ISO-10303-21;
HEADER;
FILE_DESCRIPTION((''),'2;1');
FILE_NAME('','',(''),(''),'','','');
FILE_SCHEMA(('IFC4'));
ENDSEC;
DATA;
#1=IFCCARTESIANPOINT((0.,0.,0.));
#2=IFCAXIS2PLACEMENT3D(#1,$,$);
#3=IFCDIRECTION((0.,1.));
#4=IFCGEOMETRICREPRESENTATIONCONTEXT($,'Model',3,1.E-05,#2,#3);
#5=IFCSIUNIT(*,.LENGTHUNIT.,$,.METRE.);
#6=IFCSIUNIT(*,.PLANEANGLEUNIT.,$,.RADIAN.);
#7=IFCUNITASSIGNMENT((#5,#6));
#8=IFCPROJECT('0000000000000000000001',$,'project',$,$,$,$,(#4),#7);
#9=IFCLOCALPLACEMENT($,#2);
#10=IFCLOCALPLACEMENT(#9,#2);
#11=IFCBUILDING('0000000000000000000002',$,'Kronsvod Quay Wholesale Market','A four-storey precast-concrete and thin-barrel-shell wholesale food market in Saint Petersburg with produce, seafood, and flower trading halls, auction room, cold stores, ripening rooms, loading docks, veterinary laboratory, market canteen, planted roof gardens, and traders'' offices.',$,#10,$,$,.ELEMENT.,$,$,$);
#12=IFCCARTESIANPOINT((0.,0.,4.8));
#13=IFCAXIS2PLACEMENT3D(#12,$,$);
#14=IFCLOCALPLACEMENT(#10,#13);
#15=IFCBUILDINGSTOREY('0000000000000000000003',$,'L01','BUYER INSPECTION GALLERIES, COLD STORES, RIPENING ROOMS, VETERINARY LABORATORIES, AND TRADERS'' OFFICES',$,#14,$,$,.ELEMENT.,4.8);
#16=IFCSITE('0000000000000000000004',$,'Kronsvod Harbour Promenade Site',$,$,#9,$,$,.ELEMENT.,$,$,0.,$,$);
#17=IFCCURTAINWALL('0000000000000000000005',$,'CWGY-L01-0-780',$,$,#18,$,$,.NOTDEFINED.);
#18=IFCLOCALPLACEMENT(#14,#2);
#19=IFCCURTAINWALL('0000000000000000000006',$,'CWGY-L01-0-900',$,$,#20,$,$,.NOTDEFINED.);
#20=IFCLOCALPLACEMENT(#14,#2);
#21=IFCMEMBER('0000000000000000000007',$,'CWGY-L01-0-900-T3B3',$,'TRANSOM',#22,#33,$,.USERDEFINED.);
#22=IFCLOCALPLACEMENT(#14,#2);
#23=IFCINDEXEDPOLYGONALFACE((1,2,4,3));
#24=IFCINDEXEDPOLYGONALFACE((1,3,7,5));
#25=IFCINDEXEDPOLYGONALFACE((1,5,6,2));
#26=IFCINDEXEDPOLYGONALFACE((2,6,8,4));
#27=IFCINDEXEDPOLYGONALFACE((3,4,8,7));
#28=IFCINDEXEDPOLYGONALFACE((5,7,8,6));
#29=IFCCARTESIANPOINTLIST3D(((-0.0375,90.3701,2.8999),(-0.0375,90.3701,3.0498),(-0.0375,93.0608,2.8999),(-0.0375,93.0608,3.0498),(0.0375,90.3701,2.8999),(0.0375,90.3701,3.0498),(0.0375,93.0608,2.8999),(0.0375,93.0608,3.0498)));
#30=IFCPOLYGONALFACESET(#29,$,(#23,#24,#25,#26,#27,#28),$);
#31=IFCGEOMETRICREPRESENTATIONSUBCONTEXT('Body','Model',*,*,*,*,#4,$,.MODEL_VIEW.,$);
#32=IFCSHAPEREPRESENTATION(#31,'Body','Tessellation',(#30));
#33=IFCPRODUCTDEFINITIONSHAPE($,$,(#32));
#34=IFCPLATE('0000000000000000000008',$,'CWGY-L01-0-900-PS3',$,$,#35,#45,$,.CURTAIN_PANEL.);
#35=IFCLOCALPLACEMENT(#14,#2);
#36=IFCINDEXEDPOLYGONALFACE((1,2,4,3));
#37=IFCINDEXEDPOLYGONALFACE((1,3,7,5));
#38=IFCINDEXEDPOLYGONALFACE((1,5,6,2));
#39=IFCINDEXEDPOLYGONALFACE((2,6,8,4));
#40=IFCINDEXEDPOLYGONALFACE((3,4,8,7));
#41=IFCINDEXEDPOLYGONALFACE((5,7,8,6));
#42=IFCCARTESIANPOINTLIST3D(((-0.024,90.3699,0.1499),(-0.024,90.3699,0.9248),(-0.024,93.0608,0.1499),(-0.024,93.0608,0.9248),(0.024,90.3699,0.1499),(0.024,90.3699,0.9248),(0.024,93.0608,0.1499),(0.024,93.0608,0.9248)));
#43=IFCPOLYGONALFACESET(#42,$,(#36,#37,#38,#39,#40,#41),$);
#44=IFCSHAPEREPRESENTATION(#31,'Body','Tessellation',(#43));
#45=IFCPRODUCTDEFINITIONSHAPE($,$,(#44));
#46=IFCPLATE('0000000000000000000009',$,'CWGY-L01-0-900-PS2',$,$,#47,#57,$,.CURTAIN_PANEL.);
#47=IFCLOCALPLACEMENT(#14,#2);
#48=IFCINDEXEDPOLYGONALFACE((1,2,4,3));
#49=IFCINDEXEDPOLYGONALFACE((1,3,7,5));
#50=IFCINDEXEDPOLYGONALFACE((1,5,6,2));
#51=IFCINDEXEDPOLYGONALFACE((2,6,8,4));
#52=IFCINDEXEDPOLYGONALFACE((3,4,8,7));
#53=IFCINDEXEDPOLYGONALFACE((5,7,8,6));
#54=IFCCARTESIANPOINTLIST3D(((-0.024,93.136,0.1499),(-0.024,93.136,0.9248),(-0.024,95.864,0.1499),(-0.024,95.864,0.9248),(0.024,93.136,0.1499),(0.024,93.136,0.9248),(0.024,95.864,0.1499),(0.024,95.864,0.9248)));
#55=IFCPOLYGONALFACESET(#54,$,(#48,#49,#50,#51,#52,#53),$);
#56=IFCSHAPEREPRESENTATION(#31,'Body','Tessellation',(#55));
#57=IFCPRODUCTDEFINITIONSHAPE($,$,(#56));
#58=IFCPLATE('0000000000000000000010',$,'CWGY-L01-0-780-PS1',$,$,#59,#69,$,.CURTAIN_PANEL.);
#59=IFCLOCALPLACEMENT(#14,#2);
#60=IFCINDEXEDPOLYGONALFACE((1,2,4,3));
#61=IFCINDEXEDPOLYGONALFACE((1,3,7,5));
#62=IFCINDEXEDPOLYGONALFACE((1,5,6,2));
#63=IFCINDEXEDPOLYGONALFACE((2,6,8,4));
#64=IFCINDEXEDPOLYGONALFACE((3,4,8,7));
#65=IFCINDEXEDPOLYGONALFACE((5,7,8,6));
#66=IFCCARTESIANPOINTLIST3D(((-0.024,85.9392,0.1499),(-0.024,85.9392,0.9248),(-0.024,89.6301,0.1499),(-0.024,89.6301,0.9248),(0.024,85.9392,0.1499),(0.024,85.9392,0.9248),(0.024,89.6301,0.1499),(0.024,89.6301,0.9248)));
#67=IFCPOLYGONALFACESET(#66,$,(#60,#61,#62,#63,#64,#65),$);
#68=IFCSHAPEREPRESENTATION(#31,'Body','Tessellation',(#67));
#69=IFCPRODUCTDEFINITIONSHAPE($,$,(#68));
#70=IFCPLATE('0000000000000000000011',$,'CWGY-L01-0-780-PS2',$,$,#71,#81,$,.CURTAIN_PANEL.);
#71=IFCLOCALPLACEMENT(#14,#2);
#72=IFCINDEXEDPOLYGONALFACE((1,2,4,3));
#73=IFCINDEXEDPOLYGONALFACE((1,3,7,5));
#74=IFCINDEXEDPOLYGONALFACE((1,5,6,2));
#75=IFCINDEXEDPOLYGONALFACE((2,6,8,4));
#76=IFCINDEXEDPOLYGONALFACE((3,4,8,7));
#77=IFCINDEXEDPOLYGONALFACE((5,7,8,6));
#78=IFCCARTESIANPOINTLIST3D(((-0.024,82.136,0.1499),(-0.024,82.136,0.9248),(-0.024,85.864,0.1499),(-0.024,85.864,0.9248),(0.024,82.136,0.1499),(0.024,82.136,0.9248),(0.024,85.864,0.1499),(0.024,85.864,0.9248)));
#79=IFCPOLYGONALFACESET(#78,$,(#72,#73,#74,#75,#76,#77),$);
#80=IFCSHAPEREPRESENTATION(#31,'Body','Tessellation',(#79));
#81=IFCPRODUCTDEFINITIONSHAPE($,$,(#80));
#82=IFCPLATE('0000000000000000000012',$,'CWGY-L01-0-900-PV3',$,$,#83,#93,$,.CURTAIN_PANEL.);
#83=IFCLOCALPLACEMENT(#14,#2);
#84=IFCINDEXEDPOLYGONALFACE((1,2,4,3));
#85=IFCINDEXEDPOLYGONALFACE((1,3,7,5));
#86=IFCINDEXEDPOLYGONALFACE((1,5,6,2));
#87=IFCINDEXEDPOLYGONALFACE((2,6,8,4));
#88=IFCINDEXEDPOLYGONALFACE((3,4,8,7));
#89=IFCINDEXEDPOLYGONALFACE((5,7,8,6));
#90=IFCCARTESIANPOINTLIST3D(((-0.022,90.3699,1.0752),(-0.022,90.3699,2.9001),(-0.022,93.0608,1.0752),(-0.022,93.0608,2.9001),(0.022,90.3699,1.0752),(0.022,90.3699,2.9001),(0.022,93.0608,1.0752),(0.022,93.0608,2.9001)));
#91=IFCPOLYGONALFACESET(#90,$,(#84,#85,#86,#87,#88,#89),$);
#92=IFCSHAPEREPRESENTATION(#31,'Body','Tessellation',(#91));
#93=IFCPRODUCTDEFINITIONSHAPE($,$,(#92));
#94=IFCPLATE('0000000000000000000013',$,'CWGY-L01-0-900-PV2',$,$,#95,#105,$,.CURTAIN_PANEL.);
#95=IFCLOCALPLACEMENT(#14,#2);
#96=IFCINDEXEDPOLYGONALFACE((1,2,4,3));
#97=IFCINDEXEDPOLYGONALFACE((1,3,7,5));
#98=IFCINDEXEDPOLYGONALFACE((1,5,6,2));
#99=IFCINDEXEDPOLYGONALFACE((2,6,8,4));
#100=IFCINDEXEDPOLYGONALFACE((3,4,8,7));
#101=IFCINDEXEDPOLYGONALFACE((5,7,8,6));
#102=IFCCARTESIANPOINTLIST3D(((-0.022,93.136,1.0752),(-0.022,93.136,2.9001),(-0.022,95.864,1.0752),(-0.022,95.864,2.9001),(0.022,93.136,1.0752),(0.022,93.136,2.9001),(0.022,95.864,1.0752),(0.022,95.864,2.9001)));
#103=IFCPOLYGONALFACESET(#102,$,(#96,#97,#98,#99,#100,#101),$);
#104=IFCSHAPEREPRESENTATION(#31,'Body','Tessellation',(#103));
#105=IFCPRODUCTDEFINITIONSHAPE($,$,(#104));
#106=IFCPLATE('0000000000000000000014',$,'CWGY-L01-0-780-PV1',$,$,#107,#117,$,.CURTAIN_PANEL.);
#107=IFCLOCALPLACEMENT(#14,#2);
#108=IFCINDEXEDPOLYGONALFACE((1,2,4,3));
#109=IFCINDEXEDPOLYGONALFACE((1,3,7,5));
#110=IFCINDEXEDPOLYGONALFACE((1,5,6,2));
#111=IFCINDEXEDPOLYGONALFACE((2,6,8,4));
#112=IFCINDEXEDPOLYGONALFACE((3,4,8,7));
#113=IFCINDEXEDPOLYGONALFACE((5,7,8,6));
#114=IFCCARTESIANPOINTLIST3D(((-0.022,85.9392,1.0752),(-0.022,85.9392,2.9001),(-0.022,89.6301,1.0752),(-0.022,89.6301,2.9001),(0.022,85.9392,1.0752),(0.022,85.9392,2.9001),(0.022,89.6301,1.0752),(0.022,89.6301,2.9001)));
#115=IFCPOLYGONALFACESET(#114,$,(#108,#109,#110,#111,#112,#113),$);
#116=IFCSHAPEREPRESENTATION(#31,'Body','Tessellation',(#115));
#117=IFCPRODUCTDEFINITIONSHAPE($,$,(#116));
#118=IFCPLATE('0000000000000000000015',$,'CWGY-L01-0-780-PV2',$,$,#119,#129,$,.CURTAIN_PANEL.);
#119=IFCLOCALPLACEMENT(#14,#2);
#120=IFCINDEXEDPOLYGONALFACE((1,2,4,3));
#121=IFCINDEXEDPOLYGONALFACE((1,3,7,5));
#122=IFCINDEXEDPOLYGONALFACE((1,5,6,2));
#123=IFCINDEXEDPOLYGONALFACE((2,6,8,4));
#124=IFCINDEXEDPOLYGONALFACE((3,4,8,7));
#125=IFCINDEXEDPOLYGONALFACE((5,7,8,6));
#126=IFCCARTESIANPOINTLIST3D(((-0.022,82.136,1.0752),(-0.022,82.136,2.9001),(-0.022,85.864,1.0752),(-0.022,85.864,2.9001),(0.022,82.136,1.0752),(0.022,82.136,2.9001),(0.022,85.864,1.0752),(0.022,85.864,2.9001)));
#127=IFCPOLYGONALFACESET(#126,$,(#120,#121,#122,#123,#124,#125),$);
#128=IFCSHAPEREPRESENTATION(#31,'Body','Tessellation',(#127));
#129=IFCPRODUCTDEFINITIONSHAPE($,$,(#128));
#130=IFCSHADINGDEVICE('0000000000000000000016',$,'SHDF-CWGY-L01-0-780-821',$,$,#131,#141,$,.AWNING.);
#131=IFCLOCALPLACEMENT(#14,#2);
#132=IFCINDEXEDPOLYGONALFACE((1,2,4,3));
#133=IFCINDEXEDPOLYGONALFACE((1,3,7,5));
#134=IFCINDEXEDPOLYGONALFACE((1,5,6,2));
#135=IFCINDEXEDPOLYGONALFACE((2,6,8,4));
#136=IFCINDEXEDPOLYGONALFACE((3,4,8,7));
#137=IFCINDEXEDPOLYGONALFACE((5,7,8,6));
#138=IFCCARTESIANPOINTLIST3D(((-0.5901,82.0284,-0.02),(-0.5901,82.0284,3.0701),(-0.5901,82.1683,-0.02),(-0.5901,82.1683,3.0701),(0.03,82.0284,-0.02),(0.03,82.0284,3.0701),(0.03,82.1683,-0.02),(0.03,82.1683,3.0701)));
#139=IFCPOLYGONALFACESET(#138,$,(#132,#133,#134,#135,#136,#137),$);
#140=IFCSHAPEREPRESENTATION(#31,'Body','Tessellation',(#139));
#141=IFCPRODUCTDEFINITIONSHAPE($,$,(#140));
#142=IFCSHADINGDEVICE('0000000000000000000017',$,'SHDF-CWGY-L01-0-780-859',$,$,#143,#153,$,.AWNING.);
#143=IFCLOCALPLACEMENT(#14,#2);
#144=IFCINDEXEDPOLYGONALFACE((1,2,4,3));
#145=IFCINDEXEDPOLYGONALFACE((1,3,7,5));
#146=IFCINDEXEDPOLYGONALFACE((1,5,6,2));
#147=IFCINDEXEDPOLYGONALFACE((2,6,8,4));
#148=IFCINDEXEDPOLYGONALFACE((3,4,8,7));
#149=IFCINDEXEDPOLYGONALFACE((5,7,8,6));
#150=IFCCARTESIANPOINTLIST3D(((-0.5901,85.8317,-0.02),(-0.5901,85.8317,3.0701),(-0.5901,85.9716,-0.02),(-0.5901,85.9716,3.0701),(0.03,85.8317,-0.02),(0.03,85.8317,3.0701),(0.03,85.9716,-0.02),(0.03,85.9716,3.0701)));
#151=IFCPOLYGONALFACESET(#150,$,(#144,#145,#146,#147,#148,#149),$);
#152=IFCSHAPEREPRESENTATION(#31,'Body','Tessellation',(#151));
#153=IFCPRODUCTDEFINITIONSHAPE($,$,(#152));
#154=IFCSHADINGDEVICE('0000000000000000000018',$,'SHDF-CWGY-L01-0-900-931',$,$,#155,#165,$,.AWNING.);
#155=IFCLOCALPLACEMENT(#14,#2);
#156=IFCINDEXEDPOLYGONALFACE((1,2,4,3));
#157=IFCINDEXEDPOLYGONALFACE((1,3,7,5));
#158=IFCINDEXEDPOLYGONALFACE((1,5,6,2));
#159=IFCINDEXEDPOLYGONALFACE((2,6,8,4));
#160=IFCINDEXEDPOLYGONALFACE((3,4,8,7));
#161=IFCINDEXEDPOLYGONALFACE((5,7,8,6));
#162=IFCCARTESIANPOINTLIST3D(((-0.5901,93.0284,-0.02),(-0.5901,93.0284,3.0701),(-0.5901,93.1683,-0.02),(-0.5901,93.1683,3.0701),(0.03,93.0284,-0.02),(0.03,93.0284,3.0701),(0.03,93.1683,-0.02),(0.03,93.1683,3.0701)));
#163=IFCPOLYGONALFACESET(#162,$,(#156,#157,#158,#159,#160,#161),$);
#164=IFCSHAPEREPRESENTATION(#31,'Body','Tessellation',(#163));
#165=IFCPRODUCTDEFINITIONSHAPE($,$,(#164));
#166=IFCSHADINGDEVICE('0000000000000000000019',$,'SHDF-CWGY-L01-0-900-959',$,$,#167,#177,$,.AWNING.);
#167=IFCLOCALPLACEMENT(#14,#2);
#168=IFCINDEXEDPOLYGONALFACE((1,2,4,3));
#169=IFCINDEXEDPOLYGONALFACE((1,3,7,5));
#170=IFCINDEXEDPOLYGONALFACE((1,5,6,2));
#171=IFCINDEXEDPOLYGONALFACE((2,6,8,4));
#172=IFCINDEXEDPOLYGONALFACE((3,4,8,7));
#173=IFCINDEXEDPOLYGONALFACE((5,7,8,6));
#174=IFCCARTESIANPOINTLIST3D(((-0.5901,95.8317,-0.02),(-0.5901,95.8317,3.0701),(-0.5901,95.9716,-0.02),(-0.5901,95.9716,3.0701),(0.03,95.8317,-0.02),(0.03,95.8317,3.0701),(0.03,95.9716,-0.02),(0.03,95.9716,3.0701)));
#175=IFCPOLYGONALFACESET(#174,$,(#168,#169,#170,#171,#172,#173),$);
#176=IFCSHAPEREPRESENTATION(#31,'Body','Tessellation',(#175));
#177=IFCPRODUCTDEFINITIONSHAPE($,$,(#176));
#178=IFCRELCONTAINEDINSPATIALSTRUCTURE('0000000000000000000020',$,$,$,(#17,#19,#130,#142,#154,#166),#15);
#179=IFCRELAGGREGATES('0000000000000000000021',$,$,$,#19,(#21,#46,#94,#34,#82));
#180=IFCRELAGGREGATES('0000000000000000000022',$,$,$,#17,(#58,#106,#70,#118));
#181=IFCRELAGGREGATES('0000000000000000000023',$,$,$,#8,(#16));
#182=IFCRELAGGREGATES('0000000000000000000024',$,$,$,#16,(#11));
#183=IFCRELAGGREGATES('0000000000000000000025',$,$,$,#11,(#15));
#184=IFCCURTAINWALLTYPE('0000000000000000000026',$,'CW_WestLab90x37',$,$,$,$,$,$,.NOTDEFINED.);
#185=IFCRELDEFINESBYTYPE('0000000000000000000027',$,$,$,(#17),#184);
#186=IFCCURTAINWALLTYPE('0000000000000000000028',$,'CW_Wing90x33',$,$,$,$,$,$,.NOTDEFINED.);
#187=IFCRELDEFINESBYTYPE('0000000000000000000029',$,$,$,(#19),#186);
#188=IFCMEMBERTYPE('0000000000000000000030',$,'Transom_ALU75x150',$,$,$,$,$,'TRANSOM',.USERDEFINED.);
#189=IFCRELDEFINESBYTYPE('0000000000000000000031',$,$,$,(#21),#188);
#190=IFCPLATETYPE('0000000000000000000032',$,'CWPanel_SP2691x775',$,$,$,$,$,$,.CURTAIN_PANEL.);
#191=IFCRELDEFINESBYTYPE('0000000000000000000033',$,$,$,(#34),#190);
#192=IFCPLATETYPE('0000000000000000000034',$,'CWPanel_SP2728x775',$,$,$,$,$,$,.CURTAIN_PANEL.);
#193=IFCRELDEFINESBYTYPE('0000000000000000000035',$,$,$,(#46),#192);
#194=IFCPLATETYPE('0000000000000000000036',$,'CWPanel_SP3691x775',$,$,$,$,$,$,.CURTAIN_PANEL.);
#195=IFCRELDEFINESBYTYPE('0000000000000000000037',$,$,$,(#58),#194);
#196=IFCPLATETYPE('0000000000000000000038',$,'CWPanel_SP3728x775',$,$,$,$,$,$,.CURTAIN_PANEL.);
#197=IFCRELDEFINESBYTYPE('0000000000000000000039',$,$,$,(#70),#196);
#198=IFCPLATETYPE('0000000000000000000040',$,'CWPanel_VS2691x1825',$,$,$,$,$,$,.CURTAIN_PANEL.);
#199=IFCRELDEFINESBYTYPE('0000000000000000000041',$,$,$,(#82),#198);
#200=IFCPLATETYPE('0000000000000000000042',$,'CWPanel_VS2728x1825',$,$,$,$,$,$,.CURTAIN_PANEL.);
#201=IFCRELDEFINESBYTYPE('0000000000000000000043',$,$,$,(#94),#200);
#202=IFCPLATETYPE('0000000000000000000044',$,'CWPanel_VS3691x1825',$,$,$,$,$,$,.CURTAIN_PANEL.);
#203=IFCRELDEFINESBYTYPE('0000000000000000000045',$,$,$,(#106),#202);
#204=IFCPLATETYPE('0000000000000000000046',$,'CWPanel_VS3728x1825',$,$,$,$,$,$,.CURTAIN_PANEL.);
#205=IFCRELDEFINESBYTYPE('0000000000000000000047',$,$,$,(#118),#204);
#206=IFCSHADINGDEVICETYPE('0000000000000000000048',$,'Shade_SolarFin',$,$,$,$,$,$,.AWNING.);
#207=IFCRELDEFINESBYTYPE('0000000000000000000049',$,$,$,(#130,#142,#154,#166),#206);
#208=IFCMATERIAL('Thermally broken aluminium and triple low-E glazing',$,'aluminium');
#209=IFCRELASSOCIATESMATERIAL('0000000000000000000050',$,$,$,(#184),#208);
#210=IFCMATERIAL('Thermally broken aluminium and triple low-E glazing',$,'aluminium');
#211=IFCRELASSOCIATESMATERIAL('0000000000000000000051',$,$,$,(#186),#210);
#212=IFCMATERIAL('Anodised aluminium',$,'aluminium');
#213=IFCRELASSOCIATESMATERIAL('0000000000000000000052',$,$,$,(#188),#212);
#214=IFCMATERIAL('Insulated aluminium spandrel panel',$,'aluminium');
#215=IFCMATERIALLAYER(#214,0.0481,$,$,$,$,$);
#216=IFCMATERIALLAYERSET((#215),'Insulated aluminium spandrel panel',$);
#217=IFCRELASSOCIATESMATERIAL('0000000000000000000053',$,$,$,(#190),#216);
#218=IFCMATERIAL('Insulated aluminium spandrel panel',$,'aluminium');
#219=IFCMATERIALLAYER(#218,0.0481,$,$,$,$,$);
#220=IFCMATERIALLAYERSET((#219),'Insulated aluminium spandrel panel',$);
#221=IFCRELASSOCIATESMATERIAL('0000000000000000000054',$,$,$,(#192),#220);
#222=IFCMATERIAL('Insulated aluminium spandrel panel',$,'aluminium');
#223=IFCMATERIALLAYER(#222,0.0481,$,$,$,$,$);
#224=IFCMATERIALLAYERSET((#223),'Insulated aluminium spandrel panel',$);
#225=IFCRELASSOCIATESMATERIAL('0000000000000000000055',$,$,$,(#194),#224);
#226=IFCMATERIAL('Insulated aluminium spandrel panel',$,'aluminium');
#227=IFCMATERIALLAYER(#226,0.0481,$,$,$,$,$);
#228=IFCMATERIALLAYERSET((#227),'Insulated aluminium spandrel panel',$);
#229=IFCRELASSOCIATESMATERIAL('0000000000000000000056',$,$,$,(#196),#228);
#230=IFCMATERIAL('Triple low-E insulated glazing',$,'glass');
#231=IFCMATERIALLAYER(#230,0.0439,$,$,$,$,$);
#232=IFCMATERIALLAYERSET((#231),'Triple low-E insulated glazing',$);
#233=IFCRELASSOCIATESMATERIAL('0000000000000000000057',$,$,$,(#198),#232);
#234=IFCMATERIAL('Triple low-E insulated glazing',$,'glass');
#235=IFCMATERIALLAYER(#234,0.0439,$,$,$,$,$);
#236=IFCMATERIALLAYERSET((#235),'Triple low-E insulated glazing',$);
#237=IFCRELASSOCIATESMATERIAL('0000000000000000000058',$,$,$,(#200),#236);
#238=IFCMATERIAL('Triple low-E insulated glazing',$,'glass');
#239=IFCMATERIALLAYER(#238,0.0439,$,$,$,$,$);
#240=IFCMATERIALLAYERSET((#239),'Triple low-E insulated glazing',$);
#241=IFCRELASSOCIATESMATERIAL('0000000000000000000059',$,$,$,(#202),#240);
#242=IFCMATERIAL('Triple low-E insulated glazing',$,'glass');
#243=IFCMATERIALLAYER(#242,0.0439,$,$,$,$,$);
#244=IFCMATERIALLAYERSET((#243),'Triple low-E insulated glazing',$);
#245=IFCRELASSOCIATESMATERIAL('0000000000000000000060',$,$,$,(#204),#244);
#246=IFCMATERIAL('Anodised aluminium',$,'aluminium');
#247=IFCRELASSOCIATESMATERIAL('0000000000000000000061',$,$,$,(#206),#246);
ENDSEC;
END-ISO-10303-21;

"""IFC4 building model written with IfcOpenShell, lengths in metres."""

from ifc_helpers import new_model, si_unit, direction, frame, origin, origin_2d, place, context, subcontext, project, spatial, rectangle, extrude, material, layer, layer_set, material_profile, profile_set, type_object, element, aggregate, save


model = new_model("IFC4")

# Units and contexts
model_context = context("Model", 3, precision=1e-05, world=origin(), true_north=direction((0.0, 1.0)))
body_context = subcontext(model_context, "Body", "Model", "MODEL_VIEW")
ifc_project = project(units=[si_unit("LENGTHUNIT", "METRE"), si_unit("PLANEANGLEUNIT", "RADIAN")], contexts=[model_context])

# Site, building, storey
site_placement = place(None, origin())
site = spatial("IfcSite", under=ifc_project, at=site_placement, Name="Kronsvod Harbour Promenade Site", CompositionType="ELEMENT", RefElevation=0.0)
building_placement = place(site_placement, origin())
building = spatial("IfcBuilding", under=site, at=building_placement, Name="Kronsvod Quay Wholesale Market", Description="A four-storey precast-concrete and thin-barrel-shell wholesale food market in Saint Petersburg with produce, seafood, and flower trading halls, auction room, cold stores, ripening rooms, loading docks, veterinary laboratory, market canteen, planted roof gardens, and traders' offices.", CompositionType="ELEMENT")
storey_placement = place(building_placement, frame((0.0, 0.0, 4.8)))
storey = spatial("IfcBuildingStorey", under=building, at=storey_placement, Name="L01", Description="BUYER INSPECTION GALLERIES, COLD STORES, RIPENING ROOMS, VETERINARY LABORATORIES, AND TRADERS' OFFICES", CompositionType="ELEMENT", Elevation=4.8)

# Curtain walls
ifc_material_1 = material(Name="Thermally broken aluminium and triple low-E glazing", Category="aluminium")
curtain_wall_type_1 = type_object("IfcCurtainWallType", Name="CW_WestLab90x37", PredefinedType="NOTDEFINED", material=ifc_material_1)
curtain_wall_1_placement = place(storey_placement, origin())
curtain_wall_1 = element("IfcCurtainWall", 1, at=curtain_wall_1_placement, inside=storey, type_object=curtain_wall_type_1, Name="CWGY-L01-0-780", PredefinedType="NOTDEFINED")
ifc_material_2 = material(Name="Thermally broken aluminium and triple low-E glazing", Category="aluminium")
curtain_wall_type_2 = type_object("IfcCurtainWallType", Name="CW_Wing90x33", PredefinedType="NOTDEFINED", material=ifc_material_2)
curtain_wall_2_placement = place(storey_placement, origin())
curtain_wall_2 = element("IfcCurtainWall", 2, at=curtain_wall_2_placement, inside=storey, type_object=curtain_wall_type_2, Name="CWGY-L01-0-900", PredefinedType="NOTDEFINED")

# Member
ifc_material_3 = material(Name="Anodised aluminium", Category="aluminium")
ifc_material_profile_1 = material_profile(ifc_material_3, rectangle(XDim=0.075, YDim=0.1499, at=origin_2d()), Name="ALUT75x150")
ifc_profile_set_1 = profile_set([ifc_material_profile_1], Name="Anodised aluminium")
member_type_1 = type_object("IfcMemberType", Name="Transom_ALU75x150", ElementType="TRANSOM", PredefinedType="USERDEFINED", material=ifc_profile_set_1)
member_1_placement = place(storey_placement, frame((0.0, 93.0608, 2.9749), z_axis=(0.0, -1.0, 0.0), x_axis=(1.0, 0.0, 0.0)))
member_1 = element("IfcMember", 3, at=member_1_placement, type_object=member_type_1, Name="CWGY-L01-0-900-T3B3", ObjectType="TRANSOM", PredefinedType="USERDEFINED", context=body_context, shape_type="SweptSolid", body=[
    extrude(rectangle(XDim=0.075, YDim=0.1499, at=origin_2d()), origin(), (0.0, 0.0, 1.0), 2.6907),
])

# Plates
ifc_material_4 = material(Name="Insulated aluminium spandrel panel", Category="aluminium")
ifc_layer_1 = layer(ifc_material_4, 0.0481)
ifc_layer_set_1 = layer_set([ifc_layer_1], Name="Insulated aluminium spandrel panel")
plate_type_1 = type_object("IfcPlateType", Name="CWPanel_SP2691x775", PredefinedType="CURTAIN_PANEL", material=ifc_layer_set_1)
plate_1_placement = place(storey_placement, frame((0.0, 91.7153, 0.1499), z_axis=(0.0, 0.0, 1.0), x_axis=(0.0, -1.0, 0.0)))
plate_1 = element("IfcPlate", 4, at=plate_1_placement, type_object=plate_type_1, Name="CWGY-L01-0-900-PS3", PredefinedType="CURTAIN_PANEL", context=body_context, shape_type="SweptSolid", body=[
    extrude(rectangle(XDim=2.6909, YDim=0.0481, at=origin_2d()), origin(), (0.0, 0.0, 1.0), 0.7749),
])
ifc_material_5 = material(Name="Insulated aluminium spandrel panel", Category="aluminium")
ifc_layer_2 = layer(ifc_material_5, 0.0481)
ifc_layer_set_2 = layer_set([ifc_layer_2], Name="Insulated aluminium spandrel panel")
plate_type_2 = type_object("IfcPlateType", Name="CWPanel_SP2728x775", PredefinedType="CURTAIN_PANEL", material=ifc_layer_set_2)
plate_2_placement = place(storey_placement, frame((0.0, 94.5, 0.1499), z_axis=(0.0, 0.0, 1.0), x_axis=(0.0, -1.0, 0.0)))
plate_2 = element("IfcPlate", 5, at=plate_2_placement, type_object=plate_type_2, Name="CWGY-L01-0-900-PS2", PredefinedType="CURTAIN_PANEL", context=body_context, shape_type="SweptSolid", body=[
    extrude(rectangle(XDim=2.728, YDim=0.0481, at=origin_2d()), origin(), (0.0, 0.0, 1.0), 0.7749),
])
ifc_material_6 = material(Name="Insulated aluminium spandrel panel", Category="aluminium")
ifc_layer_3 = layer(ifc_material_6, 0.0481)
ifc_layer_set_3 = layer_set([ifc_layer_3], Name="Insulated aluminium spandrel panel")
plate_type_3 = type_object("IfcPlateType", Name="CWPanel_SP3691x775", PredefinedType="CURTAIN_PANEL", material=ifc_layer_set_3)
plate_3_placement = place(storey_placement, frame((0.0, 87.7847, 0.1499), z_axis=(0.0, 0.0, 1.0), x_axis=(0.0, -1.0, 0.0)))
plate_3 = element("IfcPlate", 6, at=plate_3_placement, type_object=plate_type_3, Name="CWGY-L01-0-780-PS1", PredefinedType="CURTAIN_PANEL", context=body_context, shape_type="SweptSolid", body=[
    extrude(rectangle(XDim=3.6909, YDim=0.0481, at=origin_2d()), origin(), (0.0, 0.0, 1.0), 0.7749),
])
ifc_material_7 = material(Name="Insulated aluminium spandrel panel", Category="aluminium")
ifc_layer_4 = layer(ifc_material_7, 0.0481)
ifc_layer_set_4 = layer_set([ifc_layer_4], Name="Insulated aluminium spandrel panel")
plate_type_4 = type_object("IfcPlateType", Name="CWPanel_SP3728x775", PredefinedType="CURTAIN_PANEL", material=ifc_layer_set_4)
plate_4_placement = place(storey_placement, frame((0.0, 84.0, 0.1499), z_axis=(0.0, 0.0, 1.0), x_axis=(0.0, -1.0, 0.0)))
plate_4 = element("IfcPlate", 7, at=plate_4_placement, type_object=plate_type_4, Name="CWGY-L01-0-780-PS2", PredefinedType="CURTAIN_PANEL", context=body_context, shape_type="SweptSolid", body=[
    extrude(rectangle(XDim=3.728, YDim=0.0481, at=origin_2d()), origin(), (0.0, 0.0, 1.0), 0.7749),
])
ifc_material_8 = material(Name="Triple low-E insulated glazing", Category="glass")
ifc_layer_5 = layer(ifc_material_8, 0.0439)
ifc_layer_set_5 = layer_set([ifc_layer_5], Name="Triple low-E insulated glazing")
plate_type_5 = type_object("IfcPlateType", Name="CWPanel_VS2691x1825", PredefinedType="CURTAIN_PANEL", material=ifc_layer_set_5)
plate_5_placement = place(storey_placement, frame((0.0, 91.7153, 1.0752), z_axis=(0.0, 0.0, 1.0), x_axis=(0.0, -1.0, 0.0)))
plate_5 = element("IfcPlate", 8, at=plate_5_placement, type_object=plate_type_5, Name="CWGY-L01-0-900-PV3", PredefinedType="CURTAIN_PANEL", context=body_context, shape_type="SweptSolid", body=[
    extrude(rectangle(XDim=2.6909, YDim=0.0439, at=origin_2d()), origin(), (0.0, 0.0, 1.0), 1.825),
])
ifc_material_9 = material(Name="Triple low-E insulated glazing", Category="glass")
ifc_layer_6 = layer(ifc_material_9, 0.0439)
ifc_layer_set_6 = layer_set([ifc_layer_6], Name="Triple low-E insulated glazing")
plate_type_6 = type_object("IfcPlateType", Name="CWPanel_VS2728x1825", PredefinedType="CURTAIN_PANEL", material=ifc_layer_set_6)
plate_6_placement = place(storey_placement, frame((0.0, 94.5, 1.0752), z_axis=(0.0, 0.0, 1.0), x_axis=(0.0, -1.0, 0.0)))
plate_6 = element("IfcPlate", 9, at=plate_6_placement, type_object=plate_type_6, Name="CWGY-L01-0-900-PV2", PredefinedType="CURTAIN_PANEL", context=body_context, shape_type="SweptSolid", body=[
    extrude(rectangle(XDim=2.728, YDim=0.0439, at=origin_2d()), origin(), (0.0, 0.0, 1.0), 1.825),
])
aggregate(curtain_wall_2, [member_1, plate_2, plate_6, plate_1, plate_5])
ifc_material_10 = material(Name="Triple low-E insulated glazing", Category="glass")
ifc_layer_7 = layer(ifc_material_10, 0.0439)
ifc_layer_set_7 = layer_set([ifc_layer_7], Name="Triple low-E insulated glazing")
plate_type_7 = type_object("IfcPlateType", Name="CWPanel_VS3691x1825", PredefinedType="CURTAIN_PANEL", material=ifc_layer_set_7)
plate_7_placement = place(storey_placement, frame((0.0, 87.7847, 1.0752), z_axis=(0.0, 0.0, 1.0), x_axis=(0.0, -1.0, 0.0)))
plate_7 = element("IfcPlate", 10, at=plate_7_placement, type_object=plate_type_7, Name="CWGY-L01-0-780-PV1", PredefinedType="CURTAIN_PANEL", context=body_context, shape_type="SweptSolid", body=[
    extrude(rectangle(XDim=3.6909, YDim=0.0439, at=origin_2d()), origin(), (0.0, 0.0, 1.0), 1.825),
])
ifc_material_11 = material(Name="Triple low-E insulated glazing", Category="glass")
ifc_layer_8 = layer(ifc_material_11, 0.0439)
ifc_layer_set_8 = layer_set([ifc_layer_8], Name="Triple low-E insulated glazing")
plate_type_8 = type_object("IfcPlateType", Name="CWPanel_VS3728x1825", PredefinedType="CURTAIN_PANEL", material=ifc_layer_set_8)
plate_8_placement = place(storey_placement, frame((0.0, 84.0, 1.0752), z_axis=(0.0, 0.0, 1.0), x_axis=(0.0, -1.0, 0.0)))
plate_8 = element("IfcPlate", 11, at=plate_8_placement, type_object=plate_type_8, Name="CWGY-L01-0-780-PV2", PredefinedType="CURTAIN_PANEL", context=body_context, shape_type="SweptSolid", body=[
    extrude(rectangle(XDim=3.728, YDim=0.0439, at=origin_2d()), origin(), (0.0, 0.0, 1.0), 1.825),
])
aggregate(curtain_wall_1, [plate_3, plate_7, plate_4, plate_8])

# Shading devices
ifc_material_12 = material(Name="Anodised aluminium", Category="aluminium")
shading_device_type = type_object("IfcShadingDeviceType", Name="Shade_SolarFin", PredefinedType="AWNING", material=ifc_material_12)
for number, where, z_axis, x_axis, name in (
    (12, (-0.28, 82.0984, -0.02), (0.0, 0.0, 1.0), (1.0, 0.0, 0.0), "SHDF-CWGY-L01-0-780-821"),
    (13, (-0.28, 85.9016, -0.02), (0.0, 0.0, 1.0), (1.0, 0.0, 0.0), "SHDF-CWGY-L01-0-780-859"),
    (14, (-0.28, 93.0984, -0.02), (0.0, 0.0, 1.0), (1.0, 0.0, 0.0), "SHDF-CWGY-L01-0-900-931"),
    (15, (-0.28, 95.9016, -0.02), (0.0, 0.0, 1.0), (1.0, 0.0, 0.0), "SHDF-CWGY-L01-0-900-959"),
):
    element("IfcShadingDevice", number, at=place(storey_placement, frame(where, z_axis=z_axis, x_axis=x_axis)), inside=storey, type_object=shading_device_type, Name=name, PredefinedType="AWNING", context=body_context, shape_type="SweptSolid", body=[
        extrude(rectangle(XDim=0.6201, YDim=0.1399, at=origin_2d()), origin(), (0.0, 0.0, 1.0), 3.0901),
    ])

save(model, "model.ifc")
